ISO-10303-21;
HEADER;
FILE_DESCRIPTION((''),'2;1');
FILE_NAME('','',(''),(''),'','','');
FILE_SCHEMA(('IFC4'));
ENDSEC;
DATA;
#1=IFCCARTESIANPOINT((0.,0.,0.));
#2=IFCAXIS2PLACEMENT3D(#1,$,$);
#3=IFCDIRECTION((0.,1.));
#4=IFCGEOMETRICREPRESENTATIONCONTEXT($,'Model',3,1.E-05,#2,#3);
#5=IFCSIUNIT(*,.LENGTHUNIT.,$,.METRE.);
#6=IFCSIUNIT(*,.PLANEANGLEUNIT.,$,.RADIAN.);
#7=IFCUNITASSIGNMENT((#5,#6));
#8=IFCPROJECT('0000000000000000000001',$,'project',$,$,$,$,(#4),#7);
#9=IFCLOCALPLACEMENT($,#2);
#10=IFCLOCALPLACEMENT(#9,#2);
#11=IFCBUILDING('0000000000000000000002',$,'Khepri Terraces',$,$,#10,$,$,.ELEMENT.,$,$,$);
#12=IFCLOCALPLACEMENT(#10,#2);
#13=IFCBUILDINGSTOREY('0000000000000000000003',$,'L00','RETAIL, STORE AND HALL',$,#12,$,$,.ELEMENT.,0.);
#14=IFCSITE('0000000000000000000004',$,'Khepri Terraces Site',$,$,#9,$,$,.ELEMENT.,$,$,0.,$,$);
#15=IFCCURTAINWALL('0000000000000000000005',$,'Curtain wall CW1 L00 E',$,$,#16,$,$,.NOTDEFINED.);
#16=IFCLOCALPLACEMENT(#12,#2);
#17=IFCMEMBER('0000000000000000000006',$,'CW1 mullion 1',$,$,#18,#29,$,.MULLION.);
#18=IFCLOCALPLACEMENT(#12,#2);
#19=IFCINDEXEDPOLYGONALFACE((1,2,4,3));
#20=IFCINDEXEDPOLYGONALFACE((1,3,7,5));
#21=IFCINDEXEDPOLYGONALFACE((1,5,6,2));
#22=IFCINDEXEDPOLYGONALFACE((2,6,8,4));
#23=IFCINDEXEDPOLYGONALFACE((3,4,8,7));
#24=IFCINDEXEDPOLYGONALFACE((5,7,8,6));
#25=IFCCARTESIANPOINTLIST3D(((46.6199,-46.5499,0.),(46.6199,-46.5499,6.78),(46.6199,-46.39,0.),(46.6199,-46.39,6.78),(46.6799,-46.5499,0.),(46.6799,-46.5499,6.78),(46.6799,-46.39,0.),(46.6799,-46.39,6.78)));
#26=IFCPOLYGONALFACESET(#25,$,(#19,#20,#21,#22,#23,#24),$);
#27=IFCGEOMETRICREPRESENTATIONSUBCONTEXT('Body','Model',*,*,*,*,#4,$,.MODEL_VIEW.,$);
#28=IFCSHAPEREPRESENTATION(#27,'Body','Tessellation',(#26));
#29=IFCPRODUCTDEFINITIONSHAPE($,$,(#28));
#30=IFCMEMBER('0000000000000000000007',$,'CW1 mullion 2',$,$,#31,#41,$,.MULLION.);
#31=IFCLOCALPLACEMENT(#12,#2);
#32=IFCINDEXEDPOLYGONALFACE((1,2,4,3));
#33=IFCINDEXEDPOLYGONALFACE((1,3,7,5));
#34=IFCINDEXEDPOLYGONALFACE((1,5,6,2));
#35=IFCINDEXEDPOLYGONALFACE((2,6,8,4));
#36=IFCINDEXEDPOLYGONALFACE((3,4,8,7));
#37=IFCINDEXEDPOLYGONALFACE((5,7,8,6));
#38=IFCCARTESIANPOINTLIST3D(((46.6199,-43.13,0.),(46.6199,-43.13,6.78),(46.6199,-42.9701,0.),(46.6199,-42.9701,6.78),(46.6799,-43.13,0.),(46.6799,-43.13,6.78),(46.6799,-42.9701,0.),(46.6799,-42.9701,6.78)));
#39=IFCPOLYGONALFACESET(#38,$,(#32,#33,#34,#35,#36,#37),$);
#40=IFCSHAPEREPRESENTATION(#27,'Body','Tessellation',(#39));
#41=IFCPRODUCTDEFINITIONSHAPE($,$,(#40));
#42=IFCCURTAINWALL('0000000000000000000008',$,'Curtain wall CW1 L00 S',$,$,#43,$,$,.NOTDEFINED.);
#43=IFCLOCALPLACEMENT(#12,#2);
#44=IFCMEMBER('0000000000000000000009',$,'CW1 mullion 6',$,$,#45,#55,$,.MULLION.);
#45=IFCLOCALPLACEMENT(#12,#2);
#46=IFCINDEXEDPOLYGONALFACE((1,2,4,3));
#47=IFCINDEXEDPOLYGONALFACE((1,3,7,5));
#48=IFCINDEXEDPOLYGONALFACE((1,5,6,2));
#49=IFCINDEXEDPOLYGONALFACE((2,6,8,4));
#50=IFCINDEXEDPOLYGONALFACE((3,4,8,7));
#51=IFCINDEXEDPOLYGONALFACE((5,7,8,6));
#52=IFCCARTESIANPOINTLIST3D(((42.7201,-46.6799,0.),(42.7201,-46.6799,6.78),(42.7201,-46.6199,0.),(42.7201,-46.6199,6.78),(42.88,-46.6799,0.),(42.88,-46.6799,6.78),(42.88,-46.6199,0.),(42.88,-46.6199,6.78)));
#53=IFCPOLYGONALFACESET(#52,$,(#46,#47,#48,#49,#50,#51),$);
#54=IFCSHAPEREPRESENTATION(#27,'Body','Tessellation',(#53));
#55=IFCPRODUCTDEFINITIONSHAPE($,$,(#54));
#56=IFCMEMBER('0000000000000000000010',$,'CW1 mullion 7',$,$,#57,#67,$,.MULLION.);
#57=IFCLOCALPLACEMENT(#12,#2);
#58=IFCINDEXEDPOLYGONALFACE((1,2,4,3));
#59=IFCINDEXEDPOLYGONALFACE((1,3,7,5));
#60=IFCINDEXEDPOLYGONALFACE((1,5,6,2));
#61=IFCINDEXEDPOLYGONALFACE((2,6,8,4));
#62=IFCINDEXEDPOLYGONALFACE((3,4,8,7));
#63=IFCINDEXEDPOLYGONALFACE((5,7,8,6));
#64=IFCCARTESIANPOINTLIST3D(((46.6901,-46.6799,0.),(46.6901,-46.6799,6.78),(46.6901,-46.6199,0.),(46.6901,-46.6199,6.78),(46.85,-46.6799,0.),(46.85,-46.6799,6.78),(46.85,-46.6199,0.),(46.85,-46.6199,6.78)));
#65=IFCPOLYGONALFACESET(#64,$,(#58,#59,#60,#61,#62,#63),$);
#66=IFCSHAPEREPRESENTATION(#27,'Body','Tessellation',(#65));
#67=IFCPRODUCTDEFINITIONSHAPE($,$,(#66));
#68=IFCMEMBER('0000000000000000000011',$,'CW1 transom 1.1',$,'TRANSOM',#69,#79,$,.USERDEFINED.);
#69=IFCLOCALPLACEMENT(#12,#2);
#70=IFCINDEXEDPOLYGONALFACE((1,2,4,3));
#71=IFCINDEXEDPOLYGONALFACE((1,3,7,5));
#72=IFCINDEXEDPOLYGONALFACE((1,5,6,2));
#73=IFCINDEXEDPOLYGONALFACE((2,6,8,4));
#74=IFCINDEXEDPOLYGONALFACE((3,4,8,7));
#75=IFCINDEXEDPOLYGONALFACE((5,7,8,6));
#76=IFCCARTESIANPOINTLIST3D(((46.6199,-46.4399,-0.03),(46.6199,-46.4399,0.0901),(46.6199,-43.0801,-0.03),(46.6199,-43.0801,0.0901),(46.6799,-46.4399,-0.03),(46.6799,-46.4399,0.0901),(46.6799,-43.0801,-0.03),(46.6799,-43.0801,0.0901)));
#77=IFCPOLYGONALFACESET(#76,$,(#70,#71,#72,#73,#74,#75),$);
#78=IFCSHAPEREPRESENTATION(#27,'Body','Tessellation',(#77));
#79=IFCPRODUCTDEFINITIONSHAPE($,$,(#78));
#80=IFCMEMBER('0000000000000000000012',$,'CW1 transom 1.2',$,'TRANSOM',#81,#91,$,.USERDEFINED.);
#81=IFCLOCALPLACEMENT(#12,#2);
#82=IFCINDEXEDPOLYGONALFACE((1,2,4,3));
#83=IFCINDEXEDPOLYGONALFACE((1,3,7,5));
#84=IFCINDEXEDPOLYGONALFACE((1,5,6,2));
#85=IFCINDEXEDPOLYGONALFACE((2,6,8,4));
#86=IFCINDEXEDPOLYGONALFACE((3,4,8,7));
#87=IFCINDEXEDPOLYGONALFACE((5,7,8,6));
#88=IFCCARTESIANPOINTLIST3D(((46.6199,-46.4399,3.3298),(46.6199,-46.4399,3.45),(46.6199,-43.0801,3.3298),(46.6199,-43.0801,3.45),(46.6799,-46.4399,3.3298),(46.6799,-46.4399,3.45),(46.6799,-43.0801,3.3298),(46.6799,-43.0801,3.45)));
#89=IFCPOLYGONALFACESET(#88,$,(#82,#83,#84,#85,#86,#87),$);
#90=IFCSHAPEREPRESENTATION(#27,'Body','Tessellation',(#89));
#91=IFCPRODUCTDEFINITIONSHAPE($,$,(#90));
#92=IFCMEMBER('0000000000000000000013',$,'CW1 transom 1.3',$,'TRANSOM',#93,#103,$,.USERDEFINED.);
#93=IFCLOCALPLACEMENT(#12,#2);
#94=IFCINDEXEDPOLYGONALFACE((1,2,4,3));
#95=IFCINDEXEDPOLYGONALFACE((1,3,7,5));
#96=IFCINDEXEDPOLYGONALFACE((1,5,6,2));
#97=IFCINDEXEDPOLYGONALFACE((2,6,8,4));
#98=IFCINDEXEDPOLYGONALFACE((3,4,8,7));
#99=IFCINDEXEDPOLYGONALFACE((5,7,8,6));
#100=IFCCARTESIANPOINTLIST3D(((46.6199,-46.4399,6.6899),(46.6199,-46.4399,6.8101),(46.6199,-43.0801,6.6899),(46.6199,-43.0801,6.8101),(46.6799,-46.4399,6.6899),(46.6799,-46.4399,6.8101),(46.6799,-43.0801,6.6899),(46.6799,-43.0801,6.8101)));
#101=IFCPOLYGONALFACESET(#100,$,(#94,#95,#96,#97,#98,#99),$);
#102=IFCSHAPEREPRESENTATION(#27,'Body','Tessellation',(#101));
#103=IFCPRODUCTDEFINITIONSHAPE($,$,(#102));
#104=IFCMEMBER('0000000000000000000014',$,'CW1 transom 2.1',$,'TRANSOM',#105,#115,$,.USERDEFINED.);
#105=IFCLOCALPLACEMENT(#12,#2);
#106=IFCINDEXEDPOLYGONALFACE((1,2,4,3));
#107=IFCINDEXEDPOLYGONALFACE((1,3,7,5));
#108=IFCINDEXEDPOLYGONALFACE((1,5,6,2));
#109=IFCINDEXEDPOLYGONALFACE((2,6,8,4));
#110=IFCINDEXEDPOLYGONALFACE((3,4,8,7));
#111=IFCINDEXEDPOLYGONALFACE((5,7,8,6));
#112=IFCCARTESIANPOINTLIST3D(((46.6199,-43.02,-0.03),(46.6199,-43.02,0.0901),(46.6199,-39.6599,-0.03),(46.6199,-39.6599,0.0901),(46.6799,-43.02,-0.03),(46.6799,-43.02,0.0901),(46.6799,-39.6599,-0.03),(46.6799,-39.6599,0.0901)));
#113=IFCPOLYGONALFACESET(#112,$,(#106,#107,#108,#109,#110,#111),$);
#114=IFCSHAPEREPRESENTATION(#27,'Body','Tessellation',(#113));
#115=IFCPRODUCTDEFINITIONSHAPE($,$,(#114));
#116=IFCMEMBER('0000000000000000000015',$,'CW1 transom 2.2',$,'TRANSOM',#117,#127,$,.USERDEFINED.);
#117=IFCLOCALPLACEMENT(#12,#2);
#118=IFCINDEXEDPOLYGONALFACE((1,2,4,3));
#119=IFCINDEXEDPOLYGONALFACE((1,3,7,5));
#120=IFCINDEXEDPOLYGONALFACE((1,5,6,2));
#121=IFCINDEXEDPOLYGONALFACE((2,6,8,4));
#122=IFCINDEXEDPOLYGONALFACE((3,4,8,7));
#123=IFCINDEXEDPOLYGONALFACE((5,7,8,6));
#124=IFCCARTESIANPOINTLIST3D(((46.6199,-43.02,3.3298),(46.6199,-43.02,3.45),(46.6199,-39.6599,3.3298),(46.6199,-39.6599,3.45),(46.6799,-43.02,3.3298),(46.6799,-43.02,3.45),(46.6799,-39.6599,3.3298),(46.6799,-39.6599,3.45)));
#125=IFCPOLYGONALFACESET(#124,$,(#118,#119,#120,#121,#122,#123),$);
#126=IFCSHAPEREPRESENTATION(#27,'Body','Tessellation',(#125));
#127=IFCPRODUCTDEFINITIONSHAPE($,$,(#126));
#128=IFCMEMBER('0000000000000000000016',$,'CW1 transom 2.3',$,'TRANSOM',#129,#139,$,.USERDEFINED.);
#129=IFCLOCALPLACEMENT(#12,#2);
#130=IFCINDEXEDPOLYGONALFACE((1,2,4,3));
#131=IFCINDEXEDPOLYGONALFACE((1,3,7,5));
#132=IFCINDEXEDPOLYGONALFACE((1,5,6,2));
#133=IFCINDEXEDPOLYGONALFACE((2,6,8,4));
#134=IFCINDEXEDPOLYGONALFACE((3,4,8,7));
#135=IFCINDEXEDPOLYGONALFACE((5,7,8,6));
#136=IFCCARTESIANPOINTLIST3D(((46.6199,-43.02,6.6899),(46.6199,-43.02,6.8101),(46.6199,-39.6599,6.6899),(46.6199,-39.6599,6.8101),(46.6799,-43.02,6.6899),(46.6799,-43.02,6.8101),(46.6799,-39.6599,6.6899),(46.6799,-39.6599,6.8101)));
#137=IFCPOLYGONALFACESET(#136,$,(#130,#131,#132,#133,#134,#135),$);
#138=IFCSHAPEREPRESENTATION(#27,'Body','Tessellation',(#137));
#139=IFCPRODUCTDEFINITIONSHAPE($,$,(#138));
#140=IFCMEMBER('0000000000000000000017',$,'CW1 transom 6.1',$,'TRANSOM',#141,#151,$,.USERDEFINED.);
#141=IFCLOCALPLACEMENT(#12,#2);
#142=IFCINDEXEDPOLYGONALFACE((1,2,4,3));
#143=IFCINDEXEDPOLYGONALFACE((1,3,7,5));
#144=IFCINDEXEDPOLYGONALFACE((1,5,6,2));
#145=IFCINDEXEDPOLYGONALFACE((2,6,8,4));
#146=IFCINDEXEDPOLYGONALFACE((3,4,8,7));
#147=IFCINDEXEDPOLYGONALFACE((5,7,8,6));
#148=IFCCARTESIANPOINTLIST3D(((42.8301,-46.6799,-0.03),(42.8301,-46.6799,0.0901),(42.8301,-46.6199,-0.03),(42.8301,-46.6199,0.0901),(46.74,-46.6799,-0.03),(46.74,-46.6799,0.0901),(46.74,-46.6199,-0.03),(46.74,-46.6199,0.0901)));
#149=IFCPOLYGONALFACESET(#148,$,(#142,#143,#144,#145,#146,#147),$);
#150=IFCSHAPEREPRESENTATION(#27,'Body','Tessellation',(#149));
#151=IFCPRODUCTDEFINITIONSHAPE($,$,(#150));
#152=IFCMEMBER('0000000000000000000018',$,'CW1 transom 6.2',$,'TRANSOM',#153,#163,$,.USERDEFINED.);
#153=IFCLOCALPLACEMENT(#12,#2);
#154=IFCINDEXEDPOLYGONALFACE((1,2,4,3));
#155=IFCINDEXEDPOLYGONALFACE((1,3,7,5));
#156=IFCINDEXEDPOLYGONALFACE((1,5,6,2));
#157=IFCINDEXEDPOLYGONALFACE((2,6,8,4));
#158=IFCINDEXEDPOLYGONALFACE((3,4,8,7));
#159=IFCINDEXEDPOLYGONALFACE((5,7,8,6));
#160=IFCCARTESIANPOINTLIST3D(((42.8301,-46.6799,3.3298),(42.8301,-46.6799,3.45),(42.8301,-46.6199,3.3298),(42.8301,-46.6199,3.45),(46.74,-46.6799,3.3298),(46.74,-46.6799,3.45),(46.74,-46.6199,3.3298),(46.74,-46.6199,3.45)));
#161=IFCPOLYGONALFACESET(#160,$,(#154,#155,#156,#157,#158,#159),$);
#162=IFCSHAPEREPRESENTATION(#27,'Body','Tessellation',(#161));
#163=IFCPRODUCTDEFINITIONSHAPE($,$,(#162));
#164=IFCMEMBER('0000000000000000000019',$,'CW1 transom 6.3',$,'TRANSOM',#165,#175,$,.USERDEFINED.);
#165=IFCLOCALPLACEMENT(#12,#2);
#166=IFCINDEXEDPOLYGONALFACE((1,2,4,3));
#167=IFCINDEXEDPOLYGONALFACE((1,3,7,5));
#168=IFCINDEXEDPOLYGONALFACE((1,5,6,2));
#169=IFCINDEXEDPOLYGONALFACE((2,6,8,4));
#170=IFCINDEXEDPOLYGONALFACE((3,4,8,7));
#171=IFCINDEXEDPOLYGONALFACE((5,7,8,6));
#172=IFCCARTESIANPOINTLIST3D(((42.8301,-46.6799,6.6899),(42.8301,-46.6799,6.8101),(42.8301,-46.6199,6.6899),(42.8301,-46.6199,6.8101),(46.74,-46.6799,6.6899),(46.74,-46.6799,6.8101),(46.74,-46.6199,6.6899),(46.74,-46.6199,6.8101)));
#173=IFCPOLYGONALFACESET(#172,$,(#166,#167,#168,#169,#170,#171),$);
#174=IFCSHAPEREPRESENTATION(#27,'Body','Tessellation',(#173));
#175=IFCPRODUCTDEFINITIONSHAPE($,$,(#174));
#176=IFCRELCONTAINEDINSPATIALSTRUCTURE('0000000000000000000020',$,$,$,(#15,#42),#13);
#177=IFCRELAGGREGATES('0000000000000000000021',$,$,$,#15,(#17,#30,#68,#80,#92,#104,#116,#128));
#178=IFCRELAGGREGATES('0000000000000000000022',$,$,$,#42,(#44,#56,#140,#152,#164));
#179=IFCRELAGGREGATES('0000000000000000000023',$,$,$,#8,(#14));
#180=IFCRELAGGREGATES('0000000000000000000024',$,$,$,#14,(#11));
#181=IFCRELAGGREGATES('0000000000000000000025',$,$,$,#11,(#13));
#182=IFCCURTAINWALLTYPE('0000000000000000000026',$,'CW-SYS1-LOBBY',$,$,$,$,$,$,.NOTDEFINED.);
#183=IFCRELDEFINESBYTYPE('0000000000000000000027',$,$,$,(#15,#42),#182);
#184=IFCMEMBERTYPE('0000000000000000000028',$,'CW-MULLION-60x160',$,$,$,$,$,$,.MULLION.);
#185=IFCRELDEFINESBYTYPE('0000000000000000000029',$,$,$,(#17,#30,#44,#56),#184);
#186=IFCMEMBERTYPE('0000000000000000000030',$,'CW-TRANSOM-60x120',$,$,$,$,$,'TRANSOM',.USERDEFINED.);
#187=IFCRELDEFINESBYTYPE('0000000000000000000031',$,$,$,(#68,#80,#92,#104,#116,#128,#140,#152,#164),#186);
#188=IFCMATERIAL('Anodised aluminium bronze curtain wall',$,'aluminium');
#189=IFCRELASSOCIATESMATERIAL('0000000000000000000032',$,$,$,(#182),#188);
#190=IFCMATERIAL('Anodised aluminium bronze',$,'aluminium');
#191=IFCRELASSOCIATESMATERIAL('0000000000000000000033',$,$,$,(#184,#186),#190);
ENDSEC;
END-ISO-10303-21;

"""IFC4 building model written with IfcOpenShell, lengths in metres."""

from ifc_helpers import new_model, si_unit, direction, frame, origin, origin_2d, place, context, subcontext, project, spatial, rectangle, extrude, material, material_profile, profile_set, type_object, element, aggregate, save


model = new_model("IFC4")

# Units and contexts
model_context = context("Model", 3, precision=1e-05, world=origin(), true_north=direction((0.0, 1.0)))
body_context = subcontext(model_context, "Body", "Model", "MODEL_VIEW")
ifc_project = project(units=[si_unit("LENGTHUNIT", "METRE"), si_unit("PLANEANGLEUNIT", "RADIAN")], contexts=[model_context])

# Site, building, storey
site_placement = place(None, origin())
site = spatial("IfcSite", under=ifc_project, at=site_placement, Name="Khepri Terraces Site", CompositionType="ELEMENT", RefElevation=0.0)
building_placement = place(site_placement, origin())
building = spatial("IfcBuilding", under=site, at=building_placement, Name="Khepri Terraces", CompositionType="ELEMENT")
storey_placement = place(building_placement, origin())
storey = spatial("IfcBuildingStorey", under=building, at=storey_placement, Name="L00", Description="RETAIL, STORE AND HALL", CompositionType="ELEMENT", Elevation=0.0)

# Curtain walls, members
ifc_material_1 = material(Name="Anodised aluminium bronze curtain wall", Category="aluminium")
curtain_wall_type = type_object("IfcCurtainWallType", Name="CW-SYS1-LOBBY", PredefinedType="NOTDEFINED", material=ifc_material_1)
curtain_wall_1_placement = place(storey_placement, origin())
curtain_wall_1 = element("IfcCurtainWall", 1, at=curtain_wall_1_placement, inside=storey, type_object=curtain_wall_type, Name="Curtain wall CW1 L00 E", PredefinedType="NOTDEFINED")
ifc_material_2 = material(Name="Anodised aluminium bronze", Category="aluminium")
ifc_material_profile_1 = material_profile(ifc_material_2, rectangle(XDim=0.0601, YDim=0.1599, at=origin_2d()), Name="Anodised aluminium bronze", Category="aluminium")
ifc_profile_set_1 = profile_set([ifc_material_profile_1], Name="Anodised aluminium bronze")
member_type_1 = type_object("IfcMemberType", Name="CW-MULLION-60x160", PredefinedType="MULLION", material=ifc_profile_set_1)
member_1_placement = place(storey_placement, frame((46.6499, -46.47, 0.0), z_axis=(0.0, 0.0, 1.0), x_axis=(-1.0, 0.0, 0.0)))
member_1 = element("IfcMember", 2, at=member_1_placement, type_object=member_type_1, Name="CW1 mullion 1", PredefinedType="MULLION", context=body_context, shape_type="SweptSolid", body=[
    extrude(rectangle(XDim=0.0601, YDim=0.1599, at=origin_2d()), origin(), (0.0, 0.0, 1.0), 6.78),
])
member_2_placement = place(storey_placement, frame((46.6499, -43.05, 0.0), z_axis=(0.0, 0.0, 1.0), x_axis=(-1.0, 0.0, 0.0)))
member_2 = element("IfcMember", 3, at=member_2_placement, type_object=member_type_1, Name="CW1 mullion 2", PredefinedType="MULLION", context=body_context, shape_type="SweptSolid", body=[
    extrude(rectangle(XDim=0.0601, YDim=0.1599, at=origin_2d()), origin(), (0.0, 0.0, 1.0), 6.78),
])
curtain_wall_2_placement = place(storey_placement, origin())
curtain_wall_2 = element("IfcCurtainWall", 4, at=curtain_wall_2_placement, inside=storey, type_object=curtain_wall_type, Name="Curtain wall CW1 L00 S", PredefinedType="NOTDEFINED")
member_3_placement = place(storey_placement, frame((42.8, -46.6499, 0.0), z_axis=(0.0, 0.0, 1.0), x_axis=(0.0, 1.0, 0.0)))
member_3 = element("IfcMember", 5, at=member_3_placement, type_object=member_type_1, Name="CW1 mullion 6", PredefinedType="MULLION", context=body_context, shape_type="SweptSolid", body=[
    extrude(rectangle(XDim=0.0601, YDim=0.1599, at=origin_2d()), origin(), (0.0, 0.0, 1.0), 6.78),
])
member_4_placement = place(storey_placement, frame((46.77, -46.6499, 0.0), z_axis=(0.0, 0.0, 1.0), x_axis=(0.0, 1.0, 0.0)))
member_4 = element("IfcMember", 6, at=member_4_placement, type_object=member_type_1, Name="CW1 mullion 7", PredefinedType="MULLION", context=body_context, shape_type="SweptSolid", body=[
    extrude(rectangle(XDim=0.0601, YDim=0.1599, at=origin_2d()), origin(), (0.0, 0.0, 1.0), 6.78),
])

# Members
ifc_material_profile_2 = material_profile(ifc_material_2, rectangle(XDim=0.0601, YDim=0.1201, at=origin_2d()), Name="Anodised aluminium bronze", Category="aluminium")
ifc_profile_set_2 = profile_set([ifc_material_profile_2], Name="Anodised aluminium bronze")
member_type_2 = type_object("IfcMemberType", Name="CW-TRANSOM-60x120", ElementType="TRANSOM", PredefinedType="USERDEFINED", material=ifc_profile_set_2)
member_5_placement = place(storey_placement, frame((46.6499, -46.4399, 0.03), z_axis=(0.0, 1.0, 0.0), x_axis=(-1.0, 0.0, 0.0)))
member_5 = element("IfcMember", 7, at=member_5_placement, type_object=member_type_2, Name="CW1 transom 1.1", ObjectType="TRANSOM", PredefinedType="USERDEFINED", context=body_context, shape_type="SweptSolid", body=[
    extrude(rectangle(XDim=0.0601, YDim=0.1201, at=origin_2d()), origin(), (0.0, 0.0, 1.0), 3.3599),
])
member_6_placement = place(storey_placement, frame((46.6499, -46.4399, 3.3899), z_axis=(0.0, 1.0, 0.0), x_axis=(-1.0, 0.0, 0.0)))
member_6 = element("IfcMember", 8, at=member_6_placement, type_object=member_type_2, Name="CW1 transom 1.2", ObjectType="TRANSOM", PredefinedType="USERDEFINED", context=body_context, shape_type="SweptSolid", body=[
    extrude(rectangle(XDim=0.0601, YDim=0.1201, at=origin_2d()), origin(), (0.0, 0.0, 1.0), 3.3599),
])
member_7_placement = place(storey_placement, frame((46.6499, -46.4399, 6.75), z_axis=(0.0, 1.0, 0.0), x_axis=(-1.0, 0.0, 0.0)))
member_7 = element("IfcMember", 9, at=member_7_placement, type_object=member_type_2, Name="CW1 transom 1.3", ObjectType="TRANSOM", PredefinedType="USERDEFINED", context=body_context, shape_type="SweptSolid", body=[
    extrude(rectangle(XDim=0.0601, YDim=0.1201, at=origin_2d()), origin(), (0.0, 0.0, 1.0), 3.3599),
])
member_8_placement = place(storey_placement, frame((46.6499, -43.02, 0.03), z_axis=(0.0, 1.0, 0.0), x_axis=(-1.0, 0.0, 0.0)))
member_8 = element("IfcMember", 10, at=member_8_placement, type_object=member_type_2, Name="CW1 transom 2.1", ObjectType="TRANSOM", PredefinedType="USERDEFINED", context=body_context, shape_type="SweptSolid", body=[
    extrude(rectangle(XDim=0.0601, YDim=0.1201, at=origin_2d()), origin(), (0.0, 0.0, 1.0), 3.3601),
])
member_9_placement = place(storey_placement, frame((46.6499, -43.02, 3.3899), z_axis=(0.0, 1.0, 0.0), x_axis=(-1.0, 0.0, 0.0)))
member_9 = element("IfcMember", 11, at=member_9_placement, type_object=member_type_2, Name="CW1 transom 2.2", ObjectType="TRANSOM", PredefinedType="USERDEFINED", context=body_context, shape_type="SweptSolid", body=[
    extrude(rectangle(XDim=0.0601, YDim=0.1201, at=origin_2d()), origin(), (0.0, 0.0, 1.0), 3.3601),
])
member_10_placement = place(storey_placement, frame((46.6499, -43.02, 6.75), z_axis=(0.0, 1.0, 0.0), x_axis=(-1.0, 0.0, 0.0)))
member_10 = element("IfcMember", 12, at=member_10_placement, type_object=member_type_2, Name="CW1 transom 2.3", ObjectType="TRANSOM", PredefinedType="USERDEFINED", context=body_context, shape_type="SweptSolid", body=[
    extrude(rectangle(XDim=0.0601, YDim=0.1201, at=origin_2d()), origin(), (0.0, 0.0, 1.0), 3.3601),
])
member_11_placement = place(storey_placement, frame((42.8301, -46.6499, 0.03), z_axis=(1.0, 0.0, 0.0), x_axis=(0.0, 1.0, 0.0)))
member_11 = element("IfcMember", 13, at=member_11_placement, type_object=member_type_2, Name="CW1 transom 6.1", ObjectType="TRANSOM", PredefinedType="USERDEFINED", context=body_context, shape_type="SweptSolid", body=[
    extrude(rectangle(XDim=0.0601, YDim=0.1201, at=origin_2d()), origin(), (0.0, 0.0, 1.0), 3.9099),
])
member_12_placement = place(storey_placement, frame((42.8301, -46.6499, 3.3899), z_axis=(1.0, 0.0, 0.0), x_axis=(0.0, 1.0, 0.0)))
member_12 = element("IfcMember", 14, at=member_12_placement, type_object=member_type_2, Name="CW1 transom 6.2", ObjectType="TRANSOM", PredefinedType="USERDEFINED", context=body_context, shape_type="SweptSolid", body=[
    extrude(rectangle(XDim=0.0601, YDim=0.1201, at=origin_2d()), origin(), (0.0, 0.0, 1.0), 3.9099),
])
member_13_placement = place(storey_placement, frame((42.8301, -46.6499, 6.75), z_axis=(1.0, 0.0, 0.0), x_axis=(0.0, 1.0, 0.0)))
member_13 = element("IfcMember", 15, at=member_13_placement, type_object=member_type_2, Name="CW1 transom 6.3", ObjectType="TRANSOM", PredefinedType="USERDEFINED", context=body_context, shape_type="SweptSolid", body=[
    extrude(rectangle(XDim=0.0601, YDim=0.1201, at=origin_2d()), origin(), (0.0, 0.0, 1.0), 3.9099),
])

aggregate(curtain_wall_1, [member_1, member_2, member_5, member_6, member_7, member_8, member_9, member_10])
aggregate(curtain_wall_2, [member_3, member_4, member_11, member_12, member_13])

save(model, "model.ifc")
